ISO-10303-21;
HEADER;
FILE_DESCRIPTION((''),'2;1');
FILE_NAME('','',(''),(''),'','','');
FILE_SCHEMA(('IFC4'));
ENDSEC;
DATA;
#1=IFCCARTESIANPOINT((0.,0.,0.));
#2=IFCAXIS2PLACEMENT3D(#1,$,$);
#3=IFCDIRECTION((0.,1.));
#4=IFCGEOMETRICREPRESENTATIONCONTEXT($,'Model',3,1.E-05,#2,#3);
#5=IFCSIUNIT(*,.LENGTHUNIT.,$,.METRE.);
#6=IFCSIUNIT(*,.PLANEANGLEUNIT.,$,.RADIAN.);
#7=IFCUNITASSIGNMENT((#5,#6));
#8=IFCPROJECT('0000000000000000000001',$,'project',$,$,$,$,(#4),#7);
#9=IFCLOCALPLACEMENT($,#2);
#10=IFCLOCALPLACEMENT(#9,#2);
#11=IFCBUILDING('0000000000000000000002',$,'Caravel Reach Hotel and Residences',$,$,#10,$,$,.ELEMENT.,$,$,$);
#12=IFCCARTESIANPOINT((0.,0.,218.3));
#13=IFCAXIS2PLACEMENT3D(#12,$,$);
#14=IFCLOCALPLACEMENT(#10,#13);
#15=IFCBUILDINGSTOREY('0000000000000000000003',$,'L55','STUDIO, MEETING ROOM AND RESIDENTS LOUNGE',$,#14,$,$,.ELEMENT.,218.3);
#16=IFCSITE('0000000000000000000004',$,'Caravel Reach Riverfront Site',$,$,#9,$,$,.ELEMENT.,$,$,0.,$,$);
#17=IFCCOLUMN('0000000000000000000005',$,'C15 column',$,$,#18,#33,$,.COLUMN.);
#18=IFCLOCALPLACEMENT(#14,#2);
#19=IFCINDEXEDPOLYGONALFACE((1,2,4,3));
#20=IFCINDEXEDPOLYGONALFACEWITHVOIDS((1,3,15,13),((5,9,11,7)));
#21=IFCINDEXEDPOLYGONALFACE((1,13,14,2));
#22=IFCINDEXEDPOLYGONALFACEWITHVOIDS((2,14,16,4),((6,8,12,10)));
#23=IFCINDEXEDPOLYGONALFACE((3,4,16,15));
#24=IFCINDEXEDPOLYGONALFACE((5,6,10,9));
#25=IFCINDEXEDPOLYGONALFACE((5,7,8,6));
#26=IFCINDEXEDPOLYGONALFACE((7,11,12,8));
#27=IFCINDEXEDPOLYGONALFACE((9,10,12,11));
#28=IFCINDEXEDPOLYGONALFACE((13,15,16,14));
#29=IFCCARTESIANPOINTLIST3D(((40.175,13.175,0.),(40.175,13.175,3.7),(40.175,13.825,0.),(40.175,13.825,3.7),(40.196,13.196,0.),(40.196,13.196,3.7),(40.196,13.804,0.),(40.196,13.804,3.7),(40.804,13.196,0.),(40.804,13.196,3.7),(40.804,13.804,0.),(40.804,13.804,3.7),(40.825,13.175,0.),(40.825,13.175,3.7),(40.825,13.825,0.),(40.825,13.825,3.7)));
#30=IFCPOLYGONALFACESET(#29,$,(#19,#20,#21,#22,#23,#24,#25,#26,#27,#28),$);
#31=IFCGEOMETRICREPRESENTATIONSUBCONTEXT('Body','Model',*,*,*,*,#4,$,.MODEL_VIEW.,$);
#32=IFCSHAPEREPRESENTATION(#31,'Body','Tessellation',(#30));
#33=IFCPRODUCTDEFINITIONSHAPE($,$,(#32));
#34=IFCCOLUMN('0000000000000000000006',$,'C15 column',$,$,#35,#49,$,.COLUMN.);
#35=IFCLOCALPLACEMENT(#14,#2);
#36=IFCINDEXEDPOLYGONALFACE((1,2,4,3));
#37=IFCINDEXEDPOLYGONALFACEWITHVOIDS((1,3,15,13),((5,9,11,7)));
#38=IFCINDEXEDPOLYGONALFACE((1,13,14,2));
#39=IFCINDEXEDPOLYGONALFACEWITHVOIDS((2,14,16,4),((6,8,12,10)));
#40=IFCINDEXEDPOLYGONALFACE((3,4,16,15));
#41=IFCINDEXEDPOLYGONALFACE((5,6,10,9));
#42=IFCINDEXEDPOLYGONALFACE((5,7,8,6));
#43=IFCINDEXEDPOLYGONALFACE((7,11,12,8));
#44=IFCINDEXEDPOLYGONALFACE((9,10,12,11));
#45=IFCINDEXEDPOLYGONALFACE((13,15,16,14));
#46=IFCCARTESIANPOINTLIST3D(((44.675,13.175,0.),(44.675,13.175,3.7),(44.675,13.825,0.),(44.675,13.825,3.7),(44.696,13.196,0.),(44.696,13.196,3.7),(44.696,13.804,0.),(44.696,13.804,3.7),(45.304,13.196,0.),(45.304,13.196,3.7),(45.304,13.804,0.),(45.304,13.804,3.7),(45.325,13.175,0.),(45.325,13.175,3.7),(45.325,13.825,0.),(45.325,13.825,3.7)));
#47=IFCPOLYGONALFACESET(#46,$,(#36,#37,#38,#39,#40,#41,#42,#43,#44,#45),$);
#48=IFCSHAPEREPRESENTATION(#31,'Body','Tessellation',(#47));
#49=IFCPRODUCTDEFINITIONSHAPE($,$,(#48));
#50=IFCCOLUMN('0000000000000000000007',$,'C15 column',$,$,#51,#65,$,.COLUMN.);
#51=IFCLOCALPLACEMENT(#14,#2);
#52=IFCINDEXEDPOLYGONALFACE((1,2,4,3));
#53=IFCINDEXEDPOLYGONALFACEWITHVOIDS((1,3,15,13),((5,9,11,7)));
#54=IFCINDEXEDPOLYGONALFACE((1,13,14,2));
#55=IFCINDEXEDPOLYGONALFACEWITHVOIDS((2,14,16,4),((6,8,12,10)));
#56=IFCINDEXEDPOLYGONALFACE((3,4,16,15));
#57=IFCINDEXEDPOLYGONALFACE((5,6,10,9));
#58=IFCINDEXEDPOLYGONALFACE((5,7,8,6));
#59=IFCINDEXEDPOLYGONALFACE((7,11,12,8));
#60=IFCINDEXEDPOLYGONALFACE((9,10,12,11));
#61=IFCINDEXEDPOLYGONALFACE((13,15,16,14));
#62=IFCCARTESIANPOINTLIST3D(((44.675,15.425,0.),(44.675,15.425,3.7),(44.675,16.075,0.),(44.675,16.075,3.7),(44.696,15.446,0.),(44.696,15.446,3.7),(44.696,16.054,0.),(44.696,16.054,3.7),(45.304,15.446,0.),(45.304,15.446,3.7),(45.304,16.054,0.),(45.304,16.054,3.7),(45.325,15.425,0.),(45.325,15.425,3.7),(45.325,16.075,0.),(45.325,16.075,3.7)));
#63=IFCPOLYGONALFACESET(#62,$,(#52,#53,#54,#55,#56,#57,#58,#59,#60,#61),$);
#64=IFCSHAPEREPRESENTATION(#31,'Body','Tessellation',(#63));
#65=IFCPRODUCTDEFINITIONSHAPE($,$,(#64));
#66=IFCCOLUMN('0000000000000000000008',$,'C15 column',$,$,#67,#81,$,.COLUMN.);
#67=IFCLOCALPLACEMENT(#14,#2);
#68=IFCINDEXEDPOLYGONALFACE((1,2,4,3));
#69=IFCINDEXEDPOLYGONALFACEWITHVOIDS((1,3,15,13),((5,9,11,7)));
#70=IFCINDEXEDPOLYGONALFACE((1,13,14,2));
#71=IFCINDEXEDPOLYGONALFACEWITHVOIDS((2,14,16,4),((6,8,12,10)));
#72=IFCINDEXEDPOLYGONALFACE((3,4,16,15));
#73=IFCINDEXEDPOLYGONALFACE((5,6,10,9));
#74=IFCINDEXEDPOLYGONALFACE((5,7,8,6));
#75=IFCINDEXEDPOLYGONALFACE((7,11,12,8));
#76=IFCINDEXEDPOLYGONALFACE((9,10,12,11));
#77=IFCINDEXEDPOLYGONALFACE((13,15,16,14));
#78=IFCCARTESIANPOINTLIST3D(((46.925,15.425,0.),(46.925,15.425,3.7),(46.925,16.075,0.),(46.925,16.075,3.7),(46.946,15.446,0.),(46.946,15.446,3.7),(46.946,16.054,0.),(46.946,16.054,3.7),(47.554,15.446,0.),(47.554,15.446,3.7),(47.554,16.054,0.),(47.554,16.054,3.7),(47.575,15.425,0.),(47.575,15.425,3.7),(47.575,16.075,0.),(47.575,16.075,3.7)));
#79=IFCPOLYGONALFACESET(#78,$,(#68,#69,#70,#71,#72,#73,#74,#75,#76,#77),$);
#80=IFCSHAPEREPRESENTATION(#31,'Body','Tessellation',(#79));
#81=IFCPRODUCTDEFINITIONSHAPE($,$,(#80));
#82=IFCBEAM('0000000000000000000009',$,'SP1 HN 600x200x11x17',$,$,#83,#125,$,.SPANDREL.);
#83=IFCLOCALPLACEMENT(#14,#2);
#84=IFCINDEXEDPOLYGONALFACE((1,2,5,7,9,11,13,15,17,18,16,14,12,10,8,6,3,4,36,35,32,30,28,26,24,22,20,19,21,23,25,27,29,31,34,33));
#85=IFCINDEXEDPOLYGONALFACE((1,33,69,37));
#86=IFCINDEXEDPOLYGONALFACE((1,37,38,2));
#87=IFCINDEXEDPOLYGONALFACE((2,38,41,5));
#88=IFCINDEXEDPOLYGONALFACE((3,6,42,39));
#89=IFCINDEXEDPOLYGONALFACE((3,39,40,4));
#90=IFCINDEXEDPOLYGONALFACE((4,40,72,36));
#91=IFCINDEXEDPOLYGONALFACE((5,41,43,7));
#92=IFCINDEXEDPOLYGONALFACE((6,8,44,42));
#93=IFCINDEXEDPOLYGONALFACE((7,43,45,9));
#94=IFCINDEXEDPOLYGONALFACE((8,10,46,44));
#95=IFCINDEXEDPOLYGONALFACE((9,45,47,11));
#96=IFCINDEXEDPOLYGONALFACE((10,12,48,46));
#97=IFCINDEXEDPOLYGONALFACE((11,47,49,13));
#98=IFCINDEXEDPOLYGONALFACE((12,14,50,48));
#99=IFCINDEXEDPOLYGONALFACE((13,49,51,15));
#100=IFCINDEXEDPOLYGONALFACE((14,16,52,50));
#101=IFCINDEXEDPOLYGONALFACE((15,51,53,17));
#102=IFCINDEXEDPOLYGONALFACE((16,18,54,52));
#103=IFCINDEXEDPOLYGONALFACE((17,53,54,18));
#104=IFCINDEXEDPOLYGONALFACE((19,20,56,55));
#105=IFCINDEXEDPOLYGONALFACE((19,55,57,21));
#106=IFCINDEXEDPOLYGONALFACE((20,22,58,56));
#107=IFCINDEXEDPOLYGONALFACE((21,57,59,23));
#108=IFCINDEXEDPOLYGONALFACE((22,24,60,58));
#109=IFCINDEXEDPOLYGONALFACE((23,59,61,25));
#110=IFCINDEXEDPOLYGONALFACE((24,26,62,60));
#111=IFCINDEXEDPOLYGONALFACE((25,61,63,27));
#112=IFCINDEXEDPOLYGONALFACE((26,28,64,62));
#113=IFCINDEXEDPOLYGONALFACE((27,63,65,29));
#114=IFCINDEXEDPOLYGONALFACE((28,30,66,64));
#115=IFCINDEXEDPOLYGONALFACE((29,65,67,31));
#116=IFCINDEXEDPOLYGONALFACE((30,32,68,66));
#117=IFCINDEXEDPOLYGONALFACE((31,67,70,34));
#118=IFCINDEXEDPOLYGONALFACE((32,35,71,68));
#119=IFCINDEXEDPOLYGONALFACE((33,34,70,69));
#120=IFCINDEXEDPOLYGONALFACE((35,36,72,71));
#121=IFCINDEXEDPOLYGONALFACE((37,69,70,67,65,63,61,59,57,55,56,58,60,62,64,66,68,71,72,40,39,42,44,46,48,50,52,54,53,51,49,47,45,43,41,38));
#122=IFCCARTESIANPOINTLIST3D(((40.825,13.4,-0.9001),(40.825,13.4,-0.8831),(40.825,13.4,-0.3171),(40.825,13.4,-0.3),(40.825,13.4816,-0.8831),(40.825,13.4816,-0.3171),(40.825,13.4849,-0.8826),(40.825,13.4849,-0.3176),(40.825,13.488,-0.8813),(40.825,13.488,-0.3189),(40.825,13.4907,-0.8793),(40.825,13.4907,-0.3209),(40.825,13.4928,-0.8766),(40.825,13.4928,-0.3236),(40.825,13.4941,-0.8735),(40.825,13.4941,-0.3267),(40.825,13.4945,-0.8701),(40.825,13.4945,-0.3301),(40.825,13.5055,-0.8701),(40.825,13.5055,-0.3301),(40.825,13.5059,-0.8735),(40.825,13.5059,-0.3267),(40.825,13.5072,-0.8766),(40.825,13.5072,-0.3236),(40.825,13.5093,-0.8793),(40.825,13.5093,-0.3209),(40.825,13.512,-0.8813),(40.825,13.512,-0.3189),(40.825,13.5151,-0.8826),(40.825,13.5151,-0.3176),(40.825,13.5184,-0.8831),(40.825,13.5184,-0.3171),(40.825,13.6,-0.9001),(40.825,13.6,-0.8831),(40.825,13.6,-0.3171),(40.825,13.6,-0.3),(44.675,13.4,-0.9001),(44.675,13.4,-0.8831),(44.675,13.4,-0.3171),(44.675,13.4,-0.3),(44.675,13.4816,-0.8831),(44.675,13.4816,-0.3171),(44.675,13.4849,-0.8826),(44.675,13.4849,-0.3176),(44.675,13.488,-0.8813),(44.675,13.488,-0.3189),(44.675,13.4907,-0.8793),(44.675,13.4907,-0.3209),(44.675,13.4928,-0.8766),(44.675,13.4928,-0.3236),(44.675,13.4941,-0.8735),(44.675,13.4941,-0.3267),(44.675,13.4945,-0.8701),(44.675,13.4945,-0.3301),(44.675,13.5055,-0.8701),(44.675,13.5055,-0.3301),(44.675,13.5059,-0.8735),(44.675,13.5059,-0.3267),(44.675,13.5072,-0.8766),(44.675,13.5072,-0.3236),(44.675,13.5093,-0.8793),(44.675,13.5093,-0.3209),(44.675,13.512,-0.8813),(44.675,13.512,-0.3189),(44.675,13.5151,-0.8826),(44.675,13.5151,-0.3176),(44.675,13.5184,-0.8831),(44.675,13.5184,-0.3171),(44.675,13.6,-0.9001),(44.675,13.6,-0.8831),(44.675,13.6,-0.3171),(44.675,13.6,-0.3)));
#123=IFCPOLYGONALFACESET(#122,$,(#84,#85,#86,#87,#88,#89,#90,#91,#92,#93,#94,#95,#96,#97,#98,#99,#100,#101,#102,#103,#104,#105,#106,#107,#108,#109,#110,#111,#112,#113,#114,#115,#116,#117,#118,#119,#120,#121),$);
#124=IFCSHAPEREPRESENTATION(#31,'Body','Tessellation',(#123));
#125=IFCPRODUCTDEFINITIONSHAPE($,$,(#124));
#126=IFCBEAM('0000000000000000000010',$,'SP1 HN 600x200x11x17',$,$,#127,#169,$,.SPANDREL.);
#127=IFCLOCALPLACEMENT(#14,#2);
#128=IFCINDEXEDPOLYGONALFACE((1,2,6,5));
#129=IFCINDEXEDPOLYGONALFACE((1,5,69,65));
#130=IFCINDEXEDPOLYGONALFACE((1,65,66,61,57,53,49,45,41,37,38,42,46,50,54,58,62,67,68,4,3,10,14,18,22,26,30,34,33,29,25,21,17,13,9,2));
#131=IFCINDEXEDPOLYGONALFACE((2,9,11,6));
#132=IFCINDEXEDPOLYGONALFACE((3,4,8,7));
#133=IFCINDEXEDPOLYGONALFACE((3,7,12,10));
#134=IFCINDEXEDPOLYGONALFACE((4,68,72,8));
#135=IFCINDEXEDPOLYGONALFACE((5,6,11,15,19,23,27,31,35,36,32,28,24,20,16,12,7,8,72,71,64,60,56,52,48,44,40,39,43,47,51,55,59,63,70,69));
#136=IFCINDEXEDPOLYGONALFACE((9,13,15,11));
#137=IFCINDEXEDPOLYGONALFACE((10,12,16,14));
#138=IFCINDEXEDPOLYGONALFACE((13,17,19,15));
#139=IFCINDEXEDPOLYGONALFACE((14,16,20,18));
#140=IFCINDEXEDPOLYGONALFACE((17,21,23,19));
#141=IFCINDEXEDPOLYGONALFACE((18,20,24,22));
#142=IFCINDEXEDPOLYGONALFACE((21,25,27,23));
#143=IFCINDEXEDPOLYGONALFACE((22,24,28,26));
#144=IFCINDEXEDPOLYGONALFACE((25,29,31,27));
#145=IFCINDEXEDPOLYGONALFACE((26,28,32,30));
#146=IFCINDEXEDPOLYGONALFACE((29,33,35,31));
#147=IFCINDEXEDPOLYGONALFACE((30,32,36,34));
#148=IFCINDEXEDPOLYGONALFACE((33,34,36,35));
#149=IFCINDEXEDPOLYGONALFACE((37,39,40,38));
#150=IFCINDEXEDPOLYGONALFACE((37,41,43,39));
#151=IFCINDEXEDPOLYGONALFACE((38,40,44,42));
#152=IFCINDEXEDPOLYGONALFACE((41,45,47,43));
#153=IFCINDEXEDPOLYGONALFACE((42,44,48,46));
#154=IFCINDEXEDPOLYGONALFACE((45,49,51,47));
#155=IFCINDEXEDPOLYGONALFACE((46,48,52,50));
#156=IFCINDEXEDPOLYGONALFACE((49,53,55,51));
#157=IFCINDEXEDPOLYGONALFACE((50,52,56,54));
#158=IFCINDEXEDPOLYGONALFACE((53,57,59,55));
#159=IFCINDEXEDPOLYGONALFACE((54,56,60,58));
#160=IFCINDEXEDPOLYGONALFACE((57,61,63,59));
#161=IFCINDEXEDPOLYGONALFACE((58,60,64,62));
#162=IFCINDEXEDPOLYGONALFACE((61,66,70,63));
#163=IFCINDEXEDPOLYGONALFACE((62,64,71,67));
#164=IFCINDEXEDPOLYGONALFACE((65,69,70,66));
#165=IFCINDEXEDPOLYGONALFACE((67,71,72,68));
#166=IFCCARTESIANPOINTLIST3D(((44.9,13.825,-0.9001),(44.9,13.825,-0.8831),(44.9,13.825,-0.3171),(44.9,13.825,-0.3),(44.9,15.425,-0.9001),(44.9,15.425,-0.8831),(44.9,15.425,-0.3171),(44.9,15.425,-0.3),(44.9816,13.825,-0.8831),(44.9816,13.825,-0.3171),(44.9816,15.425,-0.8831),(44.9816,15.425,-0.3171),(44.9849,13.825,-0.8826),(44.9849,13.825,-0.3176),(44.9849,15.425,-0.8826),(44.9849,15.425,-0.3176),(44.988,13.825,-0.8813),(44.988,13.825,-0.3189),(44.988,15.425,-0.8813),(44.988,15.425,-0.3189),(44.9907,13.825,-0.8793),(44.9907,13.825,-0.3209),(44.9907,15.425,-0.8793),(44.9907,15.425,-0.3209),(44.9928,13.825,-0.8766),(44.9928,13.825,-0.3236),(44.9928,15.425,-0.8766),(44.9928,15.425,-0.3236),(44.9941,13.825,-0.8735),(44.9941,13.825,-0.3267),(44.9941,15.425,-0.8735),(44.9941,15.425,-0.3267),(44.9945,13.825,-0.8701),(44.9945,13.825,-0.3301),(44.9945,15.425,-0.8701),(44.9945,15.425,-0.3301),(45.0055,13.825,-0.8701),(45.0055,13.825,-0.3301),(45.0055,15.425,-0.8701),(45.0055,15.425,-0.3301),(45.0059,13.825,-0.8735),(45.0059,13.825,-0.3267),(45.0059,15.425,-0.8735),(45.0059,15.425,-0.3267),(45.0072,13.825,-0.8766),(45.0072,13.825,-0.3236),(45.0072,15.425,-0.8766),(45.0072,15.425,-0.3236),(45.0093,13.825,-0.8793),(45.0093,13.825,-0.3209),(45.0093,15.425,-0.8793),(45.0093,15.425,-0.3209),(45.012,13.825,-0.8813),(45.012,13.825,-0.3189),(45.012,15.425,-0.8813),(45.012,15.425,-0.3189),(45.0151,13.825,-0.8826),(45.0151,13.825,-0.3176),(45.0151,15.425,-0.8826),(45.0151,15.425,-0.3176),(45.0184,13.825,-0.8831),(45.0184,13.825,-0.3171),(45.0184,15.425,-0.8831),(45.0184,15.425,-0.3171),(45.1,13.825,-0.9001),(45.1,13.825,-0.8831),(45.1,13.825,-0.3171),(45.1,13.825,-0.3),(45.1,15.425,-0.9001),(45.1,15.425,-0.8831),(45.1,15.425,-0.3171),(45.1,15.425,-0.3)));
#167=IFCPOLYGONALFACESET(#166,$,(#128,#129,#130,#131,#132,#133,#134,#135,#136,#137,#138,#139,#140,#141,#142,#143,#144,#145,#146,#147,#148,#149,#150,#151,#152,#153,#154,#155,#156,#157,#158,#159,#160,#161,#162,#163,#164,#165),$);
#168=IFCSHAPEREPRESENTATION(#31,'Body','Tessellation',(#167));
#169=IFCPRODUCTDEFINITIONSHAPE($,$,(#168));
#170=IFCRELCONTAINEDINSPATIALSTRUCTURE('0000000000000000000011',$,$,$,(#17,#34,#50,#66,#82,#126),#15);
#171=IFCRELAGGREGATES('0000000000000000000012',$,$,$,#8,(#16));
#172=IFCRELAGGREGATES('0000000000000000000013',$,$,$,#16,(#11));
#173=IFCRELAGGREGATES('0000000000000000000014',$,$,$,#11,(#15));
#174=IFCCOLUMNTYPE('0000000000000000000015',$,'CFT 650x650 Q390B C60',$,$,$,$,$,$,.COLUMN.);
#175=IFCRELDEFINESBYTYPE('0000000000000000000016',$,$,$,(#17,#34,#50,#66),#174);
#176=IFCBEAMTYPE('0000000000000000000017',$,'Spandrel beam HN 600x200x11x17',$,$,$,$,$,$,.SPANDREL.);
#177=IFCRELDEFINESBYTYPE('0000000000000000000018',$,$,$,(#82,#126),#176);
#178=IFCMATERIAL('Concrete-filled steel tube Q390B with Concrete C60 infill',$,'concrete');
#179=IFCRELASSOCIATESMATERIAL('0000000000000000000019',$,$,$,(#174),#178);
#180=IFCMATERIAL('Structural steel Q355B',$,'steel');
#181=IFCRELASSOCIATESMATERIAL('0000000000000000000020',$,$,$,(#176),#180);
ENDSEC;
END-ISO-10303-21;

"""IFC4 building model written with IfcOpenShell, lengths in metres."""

from ifc_helpers import new_model, si_unit, direction, frame, origin, origin_2d, place, context, subcontext, project, spatial, hollow_rectangle, i_section, extrude, material, material_profile, profile_set, type_object, element, save


model = new_model("IFC4")

# Units and contexts
model_context = context("Model", 3, precision=1e-05, world=origin(), true_north=direction((0.0, 1.0)))
body_context = subcontext(model_context, "Body", "Model", "MODEL_VIEW")
ifc_project = project(units=[si_unit("LENGTHUNIT", "METRE"), si_unit("PLANEANGLEUNIT", "RADIAN")], contexts=[model_context])

# Site, building, storey
site_placement = place(None, origin())
site = spatial("IfcSite", under=ifc_project, at=site_placement, Name="Caravel Reach Riverfront Site", CompositionType="ELEMENT", RefElevation=0.0)
building_placement = place(site_placement, origin())
building = spatial("IfcBuilding", under=site, at=building_placement, Name="Caravel Reach Hotel and Residences", CompositionType="ELEMENT")
storey_placement = place(building_placement, frame((0.0, 0.0, 218.3)))
storey = spatial("IfcBuildingStorey", under=building, at=storey_placement, Name="L55", Description="STUDIO, MEETING ROOM AND RESIDENTS LOUNGE", CompositionType="ELEMENT", Elevation=218.3)

# Columns
ifc_material_1 = material(Name="Concrete-filled steel tube Q390B with Concrete C60 infill", Category="concrete")
ifc_material_profile_1 = material_profile(ifc_material_1, hollow_rectangle(XDim=0.6499, YDim=0.6499, WallThickness=0.021, at=origin_2d()), Name="RHS 650x650x21")
ifc_profile_set_1 = profile_set([ifc_material_profile_1], Name="Concrete-filled steel tube Q390B with Concrete C60 infill")
column_type = type_object("IfcColumnType", Name="CFT 650x650 Q390B C60", PredefinedType="COLUMN", material=ifc_profile_set_1)
for number, where, z_axis, x_axis, name in (
    (1, (40.5, 13.5, 0.0), (0.0, 0.0, 1.0), (1.0, 0.0, 0.0), "C15 column"),
    (2, (45.0, 13.5, 0.0), (0.0, 0.0, 1.0), (1.0, 0.0, 0.0), "C15 column"),
    (3, (45.0, 15.75, 0.0), (0.0, 0.0, 1.0), (1.0, 0.0, 0.0), "C15 column"),
    (4, (47.25, 15.75, 0.0), (0.0, 0.0, 1.0), (1.0, 0.0, 0.0), "C15 column"),
):
    element("IfcColumn", number, at=place(storey_placement, frame(where, z_axis=z_axis, x_axis=x_axis)), inside=storey, type_object=column_type, Name=name, PredefinedType="COLUMN", context=body_context, shape_type="SweptSolid", body=[
        extrude(hollow_rectangle(XDim=0.6499, YDim=0.6499, WallThickness=0.021, at=origin_2d()), origin(), (0.0, 0.0, 1.0), 3.7),
    ])

# Beams
ifc_material_2 = material(Name="Structural steel Q355B", Category="steel")
ifc_material_profile_2 = material_profile(ifc_material_2, i_section(OverallWidth=0.2, OverallDepth=0.6001, WebThickness=0.011, FlangeThickness=0.0171, FilletRadius=0.0129, at=origin_2d()), Name="HN 600x200x11x17")
ifc_profile_set_2 = profile_set([ifc_material_profile_2], Name="Structural steel Q355B")
beam_type = type_object("IfcBeamType", Name="Spandrel beam HN 600x200x11x17", PredefinedType="SPANDREL", material=ifc_profile_set_2)
beam_placement = place(storey_placement, frame((40.825, 13.5, -0.6001), z_axis=(1.0, 0.0, 0.0), x_axis=(0.0, 1.0, 0.0)))
element("IfcBeam", 5, at=beam_placement, inside=storey, type_object=beam_type, Name="SP1 HN 600x200x11x17", PredefinedType="SPANDREL", context=body_context, shape_type="SweptSolid", body=[
    extrude(i_section(OverallWidth=0.2, OverallDepth=0.6001, WebThickness=0.011, FlangeThickness=0.0171, FilletRadius=0.0129, at=origin_2d()), origin(), (0.0, 0.0, 1.0), 3.8501),
])
for number, where, z_axis, x_axis, name in (
    (6, (45.0, 13.825, -0.6001), (0.0, 1.0, 0.0), (-1.0, 0.0, 0.0), "SP1 HN 600x200x11x17"),
):
    element("IfcBeam", number, at=place(storey_placement, frame(where, z_axis=z_axis, x_axis=x_axis)), inside=storey, type_object=beam_type, Name=name, PredefinedType="SPANDREL", context=body_context, shape_type="SweptSolid", body=[
        extrude(i_section(OverallWidth=0.2, OverallDepth=0.6001, WebThickness=0.011, FlangeThickness=0.0171, FilletRadius=0.0129, at=origin_2d()), origin(), (0.0, 0.0, 1.0), 1.6001),
    ])

save(model, "model.ifc")
